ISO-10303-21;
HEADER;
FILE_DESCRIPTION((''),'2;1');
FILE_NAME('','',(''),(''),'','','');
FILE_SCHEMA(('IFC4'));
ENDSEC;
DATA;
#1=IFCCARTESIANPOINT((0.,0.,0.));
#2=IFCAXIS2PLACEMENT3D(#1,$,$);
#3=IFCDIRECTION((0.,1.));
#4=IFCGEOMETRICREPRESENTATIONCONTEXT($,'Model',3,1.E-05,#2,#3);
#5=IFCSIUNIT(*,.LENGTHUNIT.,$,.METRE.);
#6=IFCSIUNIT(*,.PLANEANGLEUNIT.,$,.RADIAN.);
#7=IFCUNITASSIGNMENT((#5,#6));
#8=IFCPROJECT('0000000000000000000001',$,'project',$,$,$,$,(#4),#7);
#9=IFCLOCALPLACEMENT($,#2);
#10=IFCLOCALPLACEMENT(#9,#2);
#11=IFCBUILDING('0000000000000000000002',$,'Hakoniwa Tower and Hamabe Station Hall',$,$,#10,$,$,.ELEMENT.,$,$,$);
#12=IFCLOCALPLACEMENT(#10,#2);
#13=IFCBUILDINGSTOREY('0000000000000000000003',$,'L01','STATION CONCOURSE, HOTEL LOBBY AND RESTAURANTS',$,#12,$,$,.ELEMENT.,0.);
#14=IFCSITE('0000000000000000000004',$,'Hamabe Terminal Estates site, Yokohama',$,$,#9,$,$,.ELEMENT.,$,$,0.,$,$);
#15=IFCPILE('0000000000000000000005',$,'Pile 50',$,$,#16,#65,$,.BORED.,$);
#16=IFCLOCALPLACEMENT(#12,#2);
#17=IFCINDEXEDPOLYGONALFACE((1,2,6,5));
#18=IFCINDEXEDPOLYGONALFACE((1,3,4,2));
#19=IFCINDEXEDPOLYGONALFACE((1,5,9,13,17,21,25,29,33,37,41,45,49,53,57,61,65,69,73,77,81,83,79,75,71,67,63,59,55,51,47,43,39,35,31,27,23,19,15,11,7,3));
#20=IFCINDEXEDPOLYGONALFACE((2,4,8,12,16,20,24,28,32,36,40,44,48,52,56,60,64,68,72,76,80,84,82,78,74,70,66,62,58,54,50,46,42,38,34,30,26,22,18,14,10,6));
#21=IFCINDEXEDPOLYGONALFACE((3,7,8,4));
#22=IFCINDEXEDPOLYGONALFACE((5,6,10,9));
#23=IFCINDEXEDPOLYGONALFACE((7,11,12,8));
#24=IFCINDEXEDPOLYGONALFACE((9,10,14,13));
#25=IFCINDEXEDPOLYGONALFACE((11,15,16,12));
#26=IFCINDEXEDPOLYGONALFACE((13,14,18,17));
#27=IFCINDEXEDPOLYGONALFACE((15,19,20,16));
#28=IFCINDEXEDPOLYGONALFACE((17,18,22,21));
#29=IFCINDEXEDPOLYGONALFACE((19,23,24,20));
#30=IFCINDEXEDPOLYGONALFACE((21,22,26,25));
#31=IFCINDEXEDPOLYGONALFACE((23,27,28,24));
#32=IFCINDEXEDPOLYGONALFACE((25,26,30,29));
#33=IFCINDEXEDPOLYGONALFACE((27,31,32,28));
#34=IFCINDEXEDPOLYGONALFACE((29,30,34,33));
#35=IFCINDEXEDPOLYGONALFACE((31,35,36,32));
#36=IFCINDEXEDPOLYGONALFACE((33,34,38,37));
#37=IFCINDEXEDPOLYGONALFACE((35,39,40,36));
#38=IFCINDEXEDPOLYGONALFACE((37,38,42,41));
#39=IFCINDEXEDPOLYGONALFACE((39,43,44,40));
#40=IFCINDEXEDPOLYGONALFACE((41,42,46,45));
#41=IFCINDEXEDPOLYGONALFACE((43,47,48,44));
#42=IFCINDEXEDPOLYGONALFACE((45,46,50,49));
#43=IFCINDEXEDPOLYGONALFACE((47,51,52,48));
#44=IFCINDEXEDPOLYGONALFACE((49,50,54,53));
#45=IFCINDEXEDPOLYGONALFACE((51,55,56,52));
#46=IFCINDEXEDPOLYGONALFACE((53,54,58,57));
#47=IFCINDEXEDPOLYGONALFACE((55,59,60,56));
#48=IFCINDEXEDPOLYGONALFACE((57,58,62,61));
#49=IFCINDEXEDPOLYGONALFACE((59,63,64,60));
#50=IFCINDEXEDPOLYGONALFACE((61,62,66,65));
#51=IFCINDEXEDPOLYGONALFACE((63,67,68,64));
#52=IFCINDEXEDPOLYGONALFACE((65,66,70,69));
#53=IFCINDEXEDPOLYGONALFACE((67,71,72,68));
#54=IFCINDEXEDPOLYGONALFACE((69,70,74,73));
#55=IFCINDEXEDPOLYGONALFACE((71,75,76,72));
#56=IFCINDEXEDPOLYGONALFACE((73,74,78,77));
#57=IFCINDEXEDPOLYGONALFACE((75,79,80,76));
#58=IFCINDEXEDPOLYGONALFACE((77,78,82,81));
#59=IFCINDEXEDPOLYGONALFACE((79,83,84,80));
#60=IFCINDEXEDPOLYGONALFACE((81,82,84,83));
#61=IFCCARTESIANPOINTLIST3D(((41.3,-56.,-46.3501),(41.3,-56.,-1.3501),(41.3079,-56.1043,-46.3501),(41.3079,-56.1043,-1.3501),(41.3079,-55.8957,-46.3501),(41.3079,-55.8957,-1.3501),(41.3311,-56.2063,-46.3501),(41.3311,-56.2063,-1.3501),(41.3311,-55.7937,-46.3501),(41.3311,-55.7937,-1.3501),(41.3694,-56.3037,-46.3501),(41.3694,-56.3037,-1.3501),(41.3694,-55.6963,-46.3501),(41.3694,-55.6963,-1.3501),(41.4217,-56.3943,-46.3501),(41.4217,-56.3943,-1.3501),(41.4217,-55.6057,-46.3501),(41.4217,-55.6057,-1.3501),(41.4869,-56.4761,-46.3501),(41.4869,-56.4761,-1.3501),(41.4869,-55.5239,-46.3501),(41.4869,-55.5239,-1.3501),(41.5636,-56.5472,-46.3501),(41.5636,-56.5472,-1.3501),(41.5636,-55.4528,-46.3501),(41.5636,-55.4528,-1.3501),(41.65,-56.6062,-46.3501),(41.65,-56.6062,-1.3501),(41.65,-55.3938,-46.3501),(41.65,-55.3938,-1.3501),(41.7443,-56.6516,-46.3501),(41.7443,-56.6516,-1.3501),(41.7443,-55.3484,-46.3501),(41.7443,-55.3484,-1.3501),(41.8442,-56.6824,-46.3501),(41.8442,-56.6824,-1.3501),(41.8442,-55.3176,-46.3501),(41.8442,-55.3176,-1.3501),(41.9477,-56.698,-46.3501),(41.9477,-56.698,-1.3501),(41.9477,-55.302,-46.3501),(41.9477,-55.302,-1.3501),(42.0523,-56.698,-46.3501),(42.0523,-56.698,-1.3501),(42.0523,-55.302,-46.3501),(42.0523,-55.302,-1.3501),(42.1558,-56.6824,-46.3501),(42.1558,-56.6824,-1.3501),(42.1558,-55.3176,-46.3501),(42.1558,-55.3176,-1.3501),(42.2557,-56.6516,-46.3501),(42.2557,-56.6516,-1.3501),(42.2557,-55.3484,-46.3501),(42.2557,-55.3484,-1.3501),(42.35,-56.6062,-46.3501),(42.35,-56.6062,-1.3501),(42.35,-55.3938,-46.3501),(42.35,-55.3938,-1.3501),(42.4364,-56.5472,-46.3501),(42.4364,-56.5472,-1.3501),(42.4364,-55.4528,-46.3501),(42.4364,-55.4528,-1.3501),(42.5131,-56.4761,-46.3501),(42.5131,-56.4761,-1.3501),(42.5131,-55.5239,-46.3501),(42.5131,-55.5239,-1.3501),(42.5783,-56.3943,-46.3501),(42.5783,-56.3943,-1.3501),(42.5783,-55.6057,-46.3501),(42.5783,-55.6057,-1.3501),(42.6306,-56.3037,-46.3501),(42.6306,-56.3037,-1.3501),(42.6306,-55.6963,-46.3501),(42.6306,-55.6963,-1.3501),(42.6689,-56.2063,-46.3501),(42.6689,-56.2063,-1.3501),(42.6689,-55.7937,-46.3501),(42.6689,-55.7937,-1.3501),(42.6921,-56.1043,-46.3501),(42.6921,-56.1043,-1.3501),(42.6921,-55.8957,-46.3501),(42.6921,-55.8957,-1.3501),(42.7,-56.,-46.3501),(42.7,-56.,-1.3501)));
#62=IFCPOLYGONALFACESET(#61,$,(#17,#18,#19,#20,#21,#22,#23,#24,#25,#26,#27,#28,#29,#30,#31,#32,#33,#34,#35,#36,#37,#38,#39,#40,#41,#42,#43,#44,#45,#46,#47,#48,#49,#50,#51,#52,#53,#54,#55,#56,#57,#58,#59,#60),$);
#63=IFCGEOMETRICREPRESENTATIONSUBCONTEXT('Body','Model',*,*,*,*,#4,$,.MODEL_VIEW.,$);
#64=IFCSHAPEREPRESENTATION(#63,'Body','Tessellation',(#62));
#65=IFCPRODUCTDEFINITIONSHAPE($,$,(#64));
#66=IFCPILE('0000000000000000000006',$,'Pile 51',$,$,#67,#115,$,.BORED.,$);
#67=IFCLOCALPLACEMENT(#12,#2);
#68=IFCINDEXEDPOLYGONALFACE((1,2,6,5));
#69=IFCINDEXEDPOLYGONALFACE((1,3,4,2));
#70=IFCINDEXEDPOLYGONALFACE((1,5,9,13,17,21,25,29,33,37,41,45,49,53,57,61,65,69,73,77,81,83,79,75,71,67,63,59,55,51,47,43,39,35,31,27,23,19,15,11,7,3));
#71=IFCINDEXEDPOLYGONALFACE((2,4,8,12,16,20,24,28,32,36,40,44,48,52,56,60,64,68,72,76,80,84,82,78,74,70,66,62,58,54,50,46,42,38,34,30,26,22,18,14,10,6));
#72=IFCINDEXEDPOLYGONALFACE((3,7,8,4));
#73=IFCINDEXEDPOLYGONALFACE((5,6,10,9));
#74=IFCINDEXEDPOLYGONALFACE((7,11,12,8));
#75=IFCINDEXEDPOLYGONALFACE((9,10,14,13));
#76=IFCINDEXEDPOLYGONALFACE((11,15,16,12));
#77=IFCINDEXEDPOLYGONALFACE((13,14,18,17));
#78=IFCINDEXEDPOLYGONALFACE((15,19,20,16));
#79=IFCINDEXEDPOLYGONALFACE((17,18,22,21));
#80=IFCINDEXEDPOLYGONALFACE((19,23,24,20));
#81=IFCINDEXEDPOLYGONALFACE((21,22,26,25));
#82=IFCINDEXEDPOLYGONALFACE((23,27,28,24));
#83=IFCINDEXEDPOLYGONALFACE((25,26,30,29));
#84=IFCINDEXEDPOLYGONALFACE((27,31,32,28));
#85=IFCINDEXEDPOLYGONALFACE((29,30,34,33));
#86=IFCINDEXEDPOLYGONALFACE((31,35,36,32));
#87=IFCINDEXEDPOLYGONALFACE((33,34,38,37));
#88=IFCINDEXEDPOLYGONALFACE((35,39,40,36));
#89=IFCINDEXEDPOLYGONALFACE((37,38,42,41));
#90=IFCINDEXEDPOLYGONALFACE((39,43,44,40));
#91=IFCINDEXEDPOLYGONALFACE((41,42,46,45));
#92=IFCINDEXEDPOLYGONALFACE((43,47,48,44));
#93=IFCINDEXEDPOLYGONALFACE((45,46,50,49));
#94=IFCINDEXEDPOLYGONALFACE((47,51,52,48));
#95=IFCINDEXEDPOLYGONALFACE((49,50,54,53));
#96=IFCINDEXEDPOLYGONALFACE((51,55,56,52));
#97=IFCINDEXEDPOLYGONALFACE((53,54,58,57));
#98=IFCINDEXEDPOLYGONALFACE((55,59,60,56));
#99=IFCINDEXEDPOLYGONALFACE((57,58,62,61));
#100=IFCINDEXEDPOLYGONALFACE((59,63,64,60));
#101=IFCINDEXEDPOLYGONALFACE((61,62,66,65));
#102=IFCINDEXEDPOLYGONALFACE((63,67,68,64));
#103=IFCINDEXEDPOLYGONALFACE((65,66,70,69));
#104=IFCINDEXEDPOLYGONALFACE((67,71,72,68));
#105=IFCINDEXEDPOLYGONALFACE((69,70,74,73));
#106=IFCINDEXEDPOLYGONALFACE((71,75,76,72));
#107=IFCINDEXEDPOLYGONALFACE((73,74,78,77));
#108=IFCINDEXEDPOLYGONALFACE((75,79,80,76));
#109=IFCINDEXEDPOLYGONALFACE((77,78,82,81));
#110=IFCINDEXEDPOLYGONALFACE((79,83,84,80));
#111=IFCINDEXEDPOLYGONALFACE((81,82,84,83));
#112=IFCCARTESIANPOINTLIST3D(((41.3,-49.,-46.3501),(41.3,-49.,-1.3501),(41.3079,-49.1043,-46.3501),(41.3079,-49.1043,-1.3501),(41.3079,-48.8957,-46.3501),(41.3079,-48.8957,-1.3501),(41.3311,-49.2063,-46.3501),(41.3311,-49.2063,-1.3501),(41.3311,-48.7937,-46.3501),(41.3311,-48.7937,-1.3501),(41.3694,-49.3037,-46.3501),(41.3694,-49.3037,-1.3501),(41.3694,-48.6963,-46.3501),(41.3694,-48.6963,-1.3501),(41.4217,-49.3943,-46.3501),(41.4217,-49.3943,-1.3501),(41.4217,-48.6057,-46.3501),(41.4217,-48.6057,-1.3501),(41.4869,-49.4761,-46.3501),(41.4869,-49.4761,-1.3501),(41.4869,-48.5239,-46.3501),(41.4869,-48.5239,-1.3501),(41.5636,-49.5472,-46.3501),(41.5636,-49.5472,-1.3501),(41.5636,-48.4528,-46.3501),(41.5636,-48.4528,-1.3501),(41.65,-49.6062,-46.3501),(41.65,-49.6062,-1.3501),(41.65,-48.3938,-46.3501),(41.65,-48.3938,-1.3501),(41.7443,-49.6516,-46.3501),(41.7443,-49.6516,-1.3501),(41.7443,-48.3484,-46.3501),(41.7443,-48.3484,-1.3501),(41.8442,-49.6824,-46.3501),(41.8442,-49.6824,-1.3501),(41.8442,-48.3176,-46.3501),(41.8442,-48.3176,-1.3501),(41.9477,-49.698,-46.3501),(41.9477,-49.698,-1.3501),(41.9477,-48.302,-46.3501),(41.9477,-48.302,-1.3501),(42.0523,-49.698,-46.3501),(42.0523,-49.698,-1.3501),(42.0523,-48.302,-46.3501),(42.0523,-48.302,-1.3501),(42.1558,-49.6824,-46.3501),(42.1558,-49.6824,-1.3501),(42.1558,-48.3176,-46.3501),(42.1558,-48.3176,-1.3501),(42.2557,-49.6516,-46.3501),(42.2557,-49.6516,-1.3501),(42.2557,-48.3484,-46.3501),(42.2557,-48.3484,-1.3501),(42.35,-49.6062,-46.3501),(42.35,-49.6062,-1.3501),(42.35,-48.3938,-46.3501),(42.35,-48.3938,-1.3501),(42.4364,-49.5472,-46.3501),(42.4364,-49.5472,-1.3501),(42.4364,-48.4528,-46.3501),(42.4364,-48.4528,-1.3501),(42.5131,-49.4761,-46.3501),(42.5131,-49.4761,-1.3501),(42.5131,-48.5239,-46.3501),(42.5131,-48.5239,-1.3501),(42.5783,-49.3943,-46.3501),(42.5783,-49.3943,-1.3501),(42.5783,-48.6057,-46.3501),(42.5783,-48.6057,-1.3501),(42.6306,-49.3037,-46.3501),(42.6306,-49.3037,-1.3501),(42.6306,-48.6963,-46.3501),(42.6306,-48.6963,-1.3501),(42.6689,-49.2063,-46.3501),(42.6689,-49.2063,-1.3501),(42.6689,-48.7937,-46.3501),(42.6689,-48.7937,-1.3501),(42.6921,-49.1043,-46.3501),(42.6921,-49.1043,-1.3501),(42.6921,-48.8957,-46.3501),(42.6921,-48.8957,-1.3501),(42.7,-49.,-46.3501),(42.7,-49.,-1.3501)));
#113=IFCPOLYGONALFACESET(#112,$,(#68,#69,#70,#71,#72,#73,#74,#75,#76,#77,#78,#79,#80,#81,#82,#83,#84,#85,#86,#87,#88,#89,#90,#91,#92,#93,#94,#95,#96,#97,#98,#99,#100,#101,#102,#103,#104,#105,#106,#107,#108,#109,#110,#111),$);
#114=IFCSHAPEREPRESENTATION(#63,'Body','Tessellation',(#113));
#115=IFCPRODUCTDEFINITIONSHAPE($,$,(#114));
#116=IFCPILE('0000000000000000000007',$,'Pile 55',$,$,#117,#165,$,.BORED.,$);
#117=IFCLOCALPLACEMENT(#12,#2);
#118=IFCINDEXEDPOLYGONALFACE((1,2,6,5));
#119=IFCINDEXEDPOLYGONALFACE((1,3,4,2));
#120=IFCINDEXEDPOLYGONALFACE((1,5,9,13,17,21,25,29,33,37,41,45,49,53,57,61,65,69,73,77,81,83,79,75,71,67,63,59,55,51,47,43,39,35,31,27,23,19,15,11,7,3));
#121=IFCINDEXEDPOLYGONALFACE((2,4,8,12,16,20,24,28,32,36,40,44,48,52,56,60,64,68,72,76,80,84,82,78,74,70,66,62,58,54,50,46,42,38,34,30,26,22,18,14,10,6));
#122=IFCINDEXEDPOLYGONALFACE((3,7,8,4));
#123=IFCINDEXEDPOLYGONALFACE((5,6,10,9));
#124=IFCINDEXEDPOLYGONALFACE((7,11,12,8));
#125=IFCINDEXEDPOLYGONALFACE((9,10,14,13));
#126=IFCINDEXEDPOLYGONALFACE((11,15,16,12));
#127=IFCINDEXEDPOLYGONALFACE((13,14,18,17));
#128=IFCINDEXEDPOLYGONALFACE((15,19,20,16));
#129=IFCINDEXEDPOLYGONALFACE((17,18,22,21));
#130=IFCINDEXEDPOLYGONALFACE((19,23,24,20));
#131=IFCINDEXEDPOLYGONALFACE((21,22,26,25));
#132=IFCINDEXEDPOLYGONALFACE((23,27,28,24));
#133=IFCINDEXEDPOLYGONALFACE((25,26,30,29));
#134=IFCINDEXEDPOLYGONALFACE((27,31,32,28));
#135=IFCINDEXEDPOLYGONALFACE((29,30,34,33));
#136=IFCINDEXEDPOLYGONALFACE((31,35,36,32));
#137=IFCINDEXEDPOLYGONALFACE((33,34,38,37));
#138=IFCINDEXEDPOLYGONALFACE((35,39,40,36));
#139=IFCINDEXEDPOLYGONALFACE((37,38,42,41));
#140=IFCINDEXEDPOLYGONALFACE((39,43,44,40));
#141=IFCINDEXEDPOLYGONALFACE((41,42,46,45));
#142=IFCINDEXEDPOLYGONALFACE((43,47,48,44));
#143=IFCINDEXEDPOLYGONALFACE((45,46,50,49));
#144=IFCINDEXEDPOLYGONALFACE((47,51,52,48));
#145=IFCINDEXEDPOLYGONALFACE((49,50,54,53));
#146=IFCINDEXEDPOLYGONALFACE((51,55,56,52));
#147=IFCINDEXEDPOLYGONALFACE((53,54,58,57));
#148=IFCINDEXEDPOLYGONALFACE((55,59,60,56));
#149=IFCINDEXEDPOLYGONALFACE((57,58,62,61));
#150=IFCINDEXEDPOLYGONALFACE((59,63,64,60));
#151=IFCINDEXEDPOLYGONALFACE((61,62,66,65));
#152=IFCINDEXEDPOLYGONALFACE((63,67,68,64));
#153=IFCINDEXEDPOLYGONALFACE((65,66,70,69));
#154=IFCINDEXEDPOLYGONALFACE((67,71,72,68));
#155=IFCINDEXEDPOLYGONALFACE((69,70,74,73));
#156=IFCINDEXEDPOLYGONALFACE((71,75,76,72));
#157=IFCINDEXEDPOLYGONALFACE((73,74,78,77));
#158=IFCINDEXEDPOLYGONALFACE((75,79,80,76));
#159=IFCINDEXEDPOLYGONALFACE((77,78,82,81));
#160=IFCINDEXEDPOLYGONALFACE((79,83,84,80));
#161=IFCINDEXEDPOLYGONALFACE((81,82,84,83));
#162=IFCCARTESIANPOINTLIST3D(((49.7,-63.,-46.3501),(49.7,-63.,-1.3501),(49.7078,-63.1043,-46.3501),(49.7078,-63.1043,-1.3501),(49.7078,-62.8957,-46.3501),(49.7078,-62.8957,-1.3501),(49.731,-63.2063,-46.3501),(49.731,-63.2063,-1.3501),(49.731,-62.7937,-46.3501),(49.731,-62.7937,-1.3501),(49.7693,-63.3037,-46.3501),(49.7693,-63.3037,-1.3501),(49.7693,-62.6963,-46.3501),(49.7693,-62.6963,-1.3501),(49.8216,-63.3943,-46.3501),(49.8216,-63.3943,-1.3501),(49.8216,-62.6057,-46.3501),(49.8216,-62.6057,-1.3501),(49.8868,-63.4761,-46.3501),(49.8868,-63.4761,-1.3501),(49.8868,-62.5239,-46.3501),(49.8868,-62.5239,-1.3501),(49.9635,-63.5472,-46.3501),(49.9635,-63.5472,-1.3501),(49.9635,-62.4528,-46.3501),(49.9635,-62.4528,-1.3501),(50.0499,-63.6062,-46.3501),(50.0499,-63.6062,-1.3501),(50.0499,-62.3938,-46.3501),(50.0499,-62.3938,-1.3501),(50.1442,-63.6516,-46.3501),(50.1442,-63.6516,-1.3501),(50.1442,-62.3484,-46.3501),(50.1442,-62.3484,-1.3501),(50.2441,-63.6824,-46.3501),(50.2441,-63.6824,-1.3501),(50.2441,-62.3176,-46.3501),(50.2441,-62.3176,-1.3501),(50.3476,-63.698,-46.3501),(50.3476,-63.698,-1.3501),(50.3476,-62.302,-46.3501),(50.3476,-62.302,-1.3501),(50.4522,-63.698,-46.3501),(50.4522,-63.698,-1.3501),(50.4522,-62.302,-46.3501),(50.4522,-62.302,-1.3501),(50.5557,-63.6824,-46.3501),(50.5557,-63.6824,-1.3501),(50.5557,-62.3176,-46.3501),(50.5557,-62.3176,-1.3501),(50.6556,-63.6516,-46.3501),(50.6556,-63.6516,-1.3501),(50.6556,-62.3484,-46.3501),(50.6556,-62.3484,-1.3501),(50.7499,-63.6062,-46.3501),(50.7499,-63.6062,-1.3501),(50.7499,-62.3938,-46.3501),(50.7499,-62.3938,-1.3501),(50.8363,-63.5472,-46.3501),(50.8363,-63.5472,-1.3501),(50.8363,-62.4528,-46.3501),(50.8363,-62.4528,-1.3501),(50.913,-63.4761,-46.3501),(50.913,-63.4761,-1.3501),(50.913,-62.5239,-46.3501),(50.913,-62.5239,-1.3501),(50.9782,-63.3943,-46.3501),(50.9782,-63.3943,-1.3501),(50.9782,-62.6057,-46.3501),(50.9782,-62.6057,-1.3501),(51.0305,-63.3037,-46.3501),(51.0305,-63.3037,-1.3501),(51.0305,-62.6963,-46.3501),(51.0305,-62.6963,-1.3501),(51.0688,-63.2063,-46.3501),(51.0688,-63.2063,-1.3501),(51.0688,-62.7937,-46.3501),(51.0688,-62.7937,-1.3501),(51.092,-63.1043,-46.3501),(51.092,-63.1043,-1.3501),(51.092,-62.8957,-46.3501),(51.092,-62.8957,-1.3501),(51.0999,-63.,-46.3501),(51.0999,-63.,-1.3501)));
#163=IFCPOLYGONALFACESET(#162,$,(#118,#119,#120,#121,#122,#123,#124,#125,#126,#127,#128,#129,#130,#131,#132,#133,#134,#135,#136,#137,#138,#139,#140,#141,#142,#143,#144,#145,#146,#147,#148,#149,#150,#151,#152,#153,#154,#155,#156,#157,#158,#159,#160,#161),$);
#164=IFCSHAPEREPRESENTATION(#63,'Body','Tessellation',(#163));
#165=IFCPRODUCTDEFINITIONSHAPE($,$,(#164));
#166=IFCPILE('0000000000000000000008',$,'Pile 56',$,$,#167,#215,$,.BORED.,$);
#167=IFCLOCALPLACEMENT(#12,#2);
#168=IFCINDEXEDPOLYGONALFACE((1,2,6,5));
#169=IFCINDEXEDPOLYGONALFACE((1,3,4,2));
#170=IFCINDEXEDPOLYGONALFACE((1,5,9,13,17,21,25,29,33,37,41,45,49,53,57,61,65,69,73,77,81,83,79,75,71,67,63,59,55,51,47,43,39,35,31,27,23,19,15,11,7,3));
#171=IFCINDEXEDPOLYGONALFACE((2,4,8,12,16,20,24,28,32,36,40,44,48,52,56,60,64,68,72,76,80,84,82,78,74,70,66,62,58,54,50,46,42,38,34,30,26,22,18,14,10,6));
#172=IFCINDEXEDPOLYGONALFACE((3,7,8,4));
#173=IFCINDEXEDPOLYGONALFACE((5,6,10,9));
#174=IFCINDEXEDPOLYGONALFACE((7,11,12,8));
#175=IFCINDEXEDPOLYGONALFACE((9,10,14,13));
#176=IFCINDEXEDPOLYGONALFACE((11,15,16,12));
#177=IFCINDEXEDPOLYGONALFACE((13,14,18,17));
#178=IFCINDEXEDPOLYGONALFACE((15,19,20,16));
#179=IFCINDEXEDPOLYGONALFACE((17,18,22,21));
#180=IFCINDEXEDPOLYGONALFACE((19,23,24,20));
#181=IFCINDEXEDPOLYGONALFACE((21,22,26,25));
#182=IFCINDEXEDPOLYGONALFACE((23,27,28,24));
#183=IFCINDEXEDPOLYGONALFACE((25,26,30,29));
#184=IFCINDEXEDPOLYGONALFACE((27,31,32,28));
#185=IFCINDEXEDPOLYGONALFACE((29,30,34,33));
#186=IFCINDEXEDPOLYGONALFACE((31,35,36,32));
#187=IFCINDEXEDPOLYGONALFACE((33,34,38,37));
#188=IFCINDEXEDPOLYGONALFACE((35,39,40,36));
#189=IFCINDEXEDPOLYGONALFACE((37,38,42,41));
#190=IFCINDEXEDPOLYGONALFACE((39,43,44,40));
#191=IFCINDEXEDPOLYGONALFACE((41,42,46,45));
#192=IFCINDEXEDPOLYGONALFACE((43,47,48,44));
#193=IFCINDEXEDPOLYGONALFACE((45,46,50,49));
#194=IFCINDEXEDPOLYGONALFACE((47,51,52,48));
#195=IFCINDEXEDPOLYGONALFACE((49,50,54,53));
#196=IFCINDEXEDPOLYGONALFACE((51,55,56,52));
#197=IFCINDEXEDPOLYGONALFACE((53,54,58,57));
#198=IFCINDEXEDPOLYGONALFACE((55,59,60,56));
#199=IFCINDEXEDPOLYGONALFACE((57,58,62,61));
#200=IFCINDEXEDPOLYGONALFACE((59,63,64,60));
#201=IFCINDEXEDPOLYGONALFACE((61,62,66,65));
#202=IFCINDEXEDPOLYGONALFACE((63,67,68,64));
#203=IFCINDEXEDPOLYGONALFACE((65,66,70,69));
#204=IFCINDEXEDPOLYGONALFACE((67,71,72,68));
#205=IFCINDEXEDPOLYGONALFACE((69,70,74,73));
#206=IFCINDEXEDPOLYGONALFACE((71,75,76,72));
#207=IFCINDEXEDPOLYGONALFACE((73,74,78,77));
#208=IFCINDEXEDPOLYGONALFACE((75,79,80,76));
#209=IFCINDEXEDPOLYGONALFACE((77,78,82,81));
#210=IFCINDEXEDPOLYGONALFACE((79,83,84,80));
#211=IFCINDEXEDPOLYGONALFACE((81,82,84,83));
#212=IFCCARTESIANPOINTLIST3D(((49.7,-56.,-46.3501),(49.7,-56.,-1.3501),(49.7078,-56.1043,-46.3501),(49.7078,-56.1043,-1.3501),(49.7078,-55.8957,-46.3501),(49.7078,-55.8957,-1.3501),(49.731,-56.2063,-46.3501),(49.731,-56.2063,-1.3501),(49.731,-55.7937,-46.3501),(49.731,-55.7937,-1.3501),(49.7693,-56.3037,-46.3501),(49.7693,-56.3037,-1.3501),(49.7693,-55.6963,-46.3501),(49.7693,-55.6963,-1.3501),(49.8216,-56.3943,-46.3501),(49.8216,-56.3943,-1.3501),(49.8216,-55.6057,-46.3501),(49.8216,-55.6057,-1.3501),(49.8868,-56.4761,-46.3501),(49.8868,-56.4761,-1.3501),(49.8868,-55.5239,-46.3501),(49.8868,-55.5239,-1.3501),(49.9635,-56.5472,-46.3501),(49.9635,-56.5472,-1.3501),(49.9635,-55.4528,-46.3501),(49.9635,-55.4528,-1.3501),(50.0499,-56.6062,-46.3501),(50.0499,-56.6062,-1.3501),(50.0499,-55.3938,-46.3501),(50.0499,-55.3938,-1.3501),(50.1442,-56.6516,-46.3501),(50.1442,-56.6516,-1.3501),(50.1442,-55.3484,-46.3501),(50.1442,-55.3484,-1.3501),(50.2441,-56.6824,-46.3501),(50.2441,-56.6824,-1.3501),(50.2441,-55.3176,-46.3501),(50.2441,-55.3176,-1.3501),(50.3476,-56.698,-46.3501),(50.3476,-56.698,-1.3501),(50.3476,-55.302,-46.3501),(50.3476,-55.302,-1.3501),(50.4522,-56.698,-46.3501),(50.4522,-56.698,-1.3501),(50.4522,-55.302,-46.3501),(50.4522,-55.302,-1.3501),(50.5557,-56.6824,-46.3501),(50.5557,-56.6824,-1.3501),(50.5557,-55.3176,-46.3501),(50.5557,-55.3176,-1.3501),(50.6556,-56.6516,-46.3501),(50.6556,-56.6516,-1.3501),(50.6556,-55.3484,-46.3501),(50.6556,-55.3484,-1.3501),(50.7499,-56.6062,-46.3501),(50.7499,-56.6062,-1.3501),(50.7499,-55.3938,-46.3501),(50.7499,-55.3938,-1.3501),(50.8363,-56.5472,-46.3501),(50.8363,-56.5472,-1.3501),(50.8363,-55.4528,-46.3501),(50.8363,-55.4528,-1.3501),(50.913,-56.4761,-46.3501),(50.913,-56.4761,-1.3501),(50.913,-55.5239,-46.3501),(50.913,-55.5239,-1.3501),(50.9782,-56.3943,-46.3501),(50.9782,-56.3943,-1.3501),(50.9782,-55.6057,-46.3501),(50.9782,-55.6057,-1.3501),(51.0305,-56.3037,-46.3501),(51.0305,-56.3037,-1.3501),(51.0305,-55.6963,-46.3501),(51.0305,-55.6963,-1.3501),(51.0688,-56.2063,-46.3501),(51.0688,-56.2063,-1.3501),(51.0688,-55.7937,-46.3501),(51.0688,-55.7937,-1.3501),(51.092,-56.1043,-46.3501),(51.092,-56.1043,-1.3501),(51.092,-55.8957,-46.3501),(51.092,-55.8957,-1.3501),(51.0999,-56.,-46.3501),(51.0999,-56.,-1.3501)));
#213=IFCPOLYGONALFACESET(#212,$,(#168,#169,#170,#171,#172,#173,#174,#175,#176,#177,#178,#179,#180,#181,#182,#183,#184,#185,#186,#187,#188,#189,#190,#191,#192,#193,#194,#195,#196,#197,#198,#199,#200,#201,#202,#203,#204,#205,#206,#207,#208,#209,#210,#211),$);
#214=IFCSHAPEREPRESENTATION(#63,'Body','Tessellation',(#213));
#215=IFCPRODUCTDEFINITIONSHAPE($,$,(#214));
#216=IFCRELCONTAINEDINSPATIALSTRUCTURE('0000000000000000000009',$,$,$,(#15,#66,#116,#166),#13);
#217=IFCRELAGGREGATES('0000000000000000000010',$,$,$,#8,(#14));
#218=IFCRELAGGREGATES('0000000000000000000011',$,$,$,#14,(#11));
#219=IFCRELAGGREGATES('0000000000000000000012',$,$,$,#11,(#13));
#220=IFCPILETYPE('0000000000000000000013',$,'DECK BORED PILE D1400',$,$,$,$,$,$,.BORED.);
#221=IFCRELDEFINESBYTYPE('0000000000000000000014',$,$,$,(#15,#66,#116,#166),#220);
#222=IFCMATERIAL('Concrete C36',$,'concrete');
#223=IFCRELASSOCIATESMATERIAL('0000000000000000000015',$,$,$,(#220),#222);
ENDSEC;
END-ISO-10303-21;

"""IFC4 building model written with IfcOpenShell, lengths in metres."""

from ifc_helpers import new_model, si_unit, direction, frame, origin, origin_2d, place, context, subcontext, project, spatial, circle, extrude, material, material_profile, profile_set, type_object, element, save


model = new_model("IFC4")

# Units and contexts
model_context = context("Model", 3, precision=1e-05, world=origin(), true_north=direction((0.0, 1.0)))
body_context = subcontext(model_context, "Body", "Model", "MODEL_VIEW")
ifc_project = project(units=[si_unit("LENGTHUNIT", "METRE"), si_unit("PLANEANGLEUNIT", "RADIAN")], contexts=[model_context])

# Site, building, storey
site_placement = place(None, origin())
site = spatial("IfcSite", under=ifc_project, at=site_placement, Name="Hamabe Terminal Estates site, Yokohama", CompositionType="ELEMENT", RefElevation=0.0)
building_placement = place(site_placement, origin())
building = spatial("IfcBuilding", under=site, at=building_placement, Name="Hakoniwa Tower and Hamabe Station Hall", CompositionType="ELEMENT")
storey_placement = place(building_placement, origin())
storey = spatial("IfcBuildingStorey", under=building, at=storey_placement, Name="L01", Description="STATION CONCOURSE, HOTEL LOBBY AND RESTAURANTS", CompositionType="ELEMENT", Elevation=0.0)

# Piles
ifc_material_1 = material(Name="Concrete C36", Category="concrete")
ifc_material_profile_1 = material_profile(ifc_material_1, circle(Radius=0.7, at=origin_2d()), Name="DECK BORED PILE D1400")
ifc_profile_set_1 = profile_set([ifc_material_profile_1], Name="Concrete C36")
pile_type_1 = type_object("IfcPileType", Name="DECK BORED PILE D1400", PredefinedType="BORED", material=ifc_profile_set_1)
for number, where, z_axis, x_axis, name in (
    (1, (42.0, -56.0, -1.3501), (0.0, 0.0, -1.0), (1.0, 0.0, 0.0), "Pile 50"),
    (2, (42.0, -49.0, -1.3501), (0.0, 0.0, -1.0), (1.0, 0.0, 0.0), "Pile 51"),
    (3, (50.3999, -63.0, -1.3501), (0.0, 0.0, -1.0), (1.0, 0.0, 0.0), "Pile 55"),
    (4, (50.3999, -56.0, -1.3501), (0.0, 0.0, -1.0), (1.0, 0.0, 0.0), "Pile 56"),
):
    element("IfcPile", number, at=place(storey_placement, frame(where, z_axis=z_axis, x_axis=x_axis)), inside=storey, type_object=pile_type_1, Name=name, PredefinedType="BORED", context=body_context, shape_type="SweptSolid", body=[
        extrude(circle(Radius=0.7, at=origin_2d()), origin(), (0.0, 0.0, 1.0), 45.0),
    ])

save(model, "model.ifc")
